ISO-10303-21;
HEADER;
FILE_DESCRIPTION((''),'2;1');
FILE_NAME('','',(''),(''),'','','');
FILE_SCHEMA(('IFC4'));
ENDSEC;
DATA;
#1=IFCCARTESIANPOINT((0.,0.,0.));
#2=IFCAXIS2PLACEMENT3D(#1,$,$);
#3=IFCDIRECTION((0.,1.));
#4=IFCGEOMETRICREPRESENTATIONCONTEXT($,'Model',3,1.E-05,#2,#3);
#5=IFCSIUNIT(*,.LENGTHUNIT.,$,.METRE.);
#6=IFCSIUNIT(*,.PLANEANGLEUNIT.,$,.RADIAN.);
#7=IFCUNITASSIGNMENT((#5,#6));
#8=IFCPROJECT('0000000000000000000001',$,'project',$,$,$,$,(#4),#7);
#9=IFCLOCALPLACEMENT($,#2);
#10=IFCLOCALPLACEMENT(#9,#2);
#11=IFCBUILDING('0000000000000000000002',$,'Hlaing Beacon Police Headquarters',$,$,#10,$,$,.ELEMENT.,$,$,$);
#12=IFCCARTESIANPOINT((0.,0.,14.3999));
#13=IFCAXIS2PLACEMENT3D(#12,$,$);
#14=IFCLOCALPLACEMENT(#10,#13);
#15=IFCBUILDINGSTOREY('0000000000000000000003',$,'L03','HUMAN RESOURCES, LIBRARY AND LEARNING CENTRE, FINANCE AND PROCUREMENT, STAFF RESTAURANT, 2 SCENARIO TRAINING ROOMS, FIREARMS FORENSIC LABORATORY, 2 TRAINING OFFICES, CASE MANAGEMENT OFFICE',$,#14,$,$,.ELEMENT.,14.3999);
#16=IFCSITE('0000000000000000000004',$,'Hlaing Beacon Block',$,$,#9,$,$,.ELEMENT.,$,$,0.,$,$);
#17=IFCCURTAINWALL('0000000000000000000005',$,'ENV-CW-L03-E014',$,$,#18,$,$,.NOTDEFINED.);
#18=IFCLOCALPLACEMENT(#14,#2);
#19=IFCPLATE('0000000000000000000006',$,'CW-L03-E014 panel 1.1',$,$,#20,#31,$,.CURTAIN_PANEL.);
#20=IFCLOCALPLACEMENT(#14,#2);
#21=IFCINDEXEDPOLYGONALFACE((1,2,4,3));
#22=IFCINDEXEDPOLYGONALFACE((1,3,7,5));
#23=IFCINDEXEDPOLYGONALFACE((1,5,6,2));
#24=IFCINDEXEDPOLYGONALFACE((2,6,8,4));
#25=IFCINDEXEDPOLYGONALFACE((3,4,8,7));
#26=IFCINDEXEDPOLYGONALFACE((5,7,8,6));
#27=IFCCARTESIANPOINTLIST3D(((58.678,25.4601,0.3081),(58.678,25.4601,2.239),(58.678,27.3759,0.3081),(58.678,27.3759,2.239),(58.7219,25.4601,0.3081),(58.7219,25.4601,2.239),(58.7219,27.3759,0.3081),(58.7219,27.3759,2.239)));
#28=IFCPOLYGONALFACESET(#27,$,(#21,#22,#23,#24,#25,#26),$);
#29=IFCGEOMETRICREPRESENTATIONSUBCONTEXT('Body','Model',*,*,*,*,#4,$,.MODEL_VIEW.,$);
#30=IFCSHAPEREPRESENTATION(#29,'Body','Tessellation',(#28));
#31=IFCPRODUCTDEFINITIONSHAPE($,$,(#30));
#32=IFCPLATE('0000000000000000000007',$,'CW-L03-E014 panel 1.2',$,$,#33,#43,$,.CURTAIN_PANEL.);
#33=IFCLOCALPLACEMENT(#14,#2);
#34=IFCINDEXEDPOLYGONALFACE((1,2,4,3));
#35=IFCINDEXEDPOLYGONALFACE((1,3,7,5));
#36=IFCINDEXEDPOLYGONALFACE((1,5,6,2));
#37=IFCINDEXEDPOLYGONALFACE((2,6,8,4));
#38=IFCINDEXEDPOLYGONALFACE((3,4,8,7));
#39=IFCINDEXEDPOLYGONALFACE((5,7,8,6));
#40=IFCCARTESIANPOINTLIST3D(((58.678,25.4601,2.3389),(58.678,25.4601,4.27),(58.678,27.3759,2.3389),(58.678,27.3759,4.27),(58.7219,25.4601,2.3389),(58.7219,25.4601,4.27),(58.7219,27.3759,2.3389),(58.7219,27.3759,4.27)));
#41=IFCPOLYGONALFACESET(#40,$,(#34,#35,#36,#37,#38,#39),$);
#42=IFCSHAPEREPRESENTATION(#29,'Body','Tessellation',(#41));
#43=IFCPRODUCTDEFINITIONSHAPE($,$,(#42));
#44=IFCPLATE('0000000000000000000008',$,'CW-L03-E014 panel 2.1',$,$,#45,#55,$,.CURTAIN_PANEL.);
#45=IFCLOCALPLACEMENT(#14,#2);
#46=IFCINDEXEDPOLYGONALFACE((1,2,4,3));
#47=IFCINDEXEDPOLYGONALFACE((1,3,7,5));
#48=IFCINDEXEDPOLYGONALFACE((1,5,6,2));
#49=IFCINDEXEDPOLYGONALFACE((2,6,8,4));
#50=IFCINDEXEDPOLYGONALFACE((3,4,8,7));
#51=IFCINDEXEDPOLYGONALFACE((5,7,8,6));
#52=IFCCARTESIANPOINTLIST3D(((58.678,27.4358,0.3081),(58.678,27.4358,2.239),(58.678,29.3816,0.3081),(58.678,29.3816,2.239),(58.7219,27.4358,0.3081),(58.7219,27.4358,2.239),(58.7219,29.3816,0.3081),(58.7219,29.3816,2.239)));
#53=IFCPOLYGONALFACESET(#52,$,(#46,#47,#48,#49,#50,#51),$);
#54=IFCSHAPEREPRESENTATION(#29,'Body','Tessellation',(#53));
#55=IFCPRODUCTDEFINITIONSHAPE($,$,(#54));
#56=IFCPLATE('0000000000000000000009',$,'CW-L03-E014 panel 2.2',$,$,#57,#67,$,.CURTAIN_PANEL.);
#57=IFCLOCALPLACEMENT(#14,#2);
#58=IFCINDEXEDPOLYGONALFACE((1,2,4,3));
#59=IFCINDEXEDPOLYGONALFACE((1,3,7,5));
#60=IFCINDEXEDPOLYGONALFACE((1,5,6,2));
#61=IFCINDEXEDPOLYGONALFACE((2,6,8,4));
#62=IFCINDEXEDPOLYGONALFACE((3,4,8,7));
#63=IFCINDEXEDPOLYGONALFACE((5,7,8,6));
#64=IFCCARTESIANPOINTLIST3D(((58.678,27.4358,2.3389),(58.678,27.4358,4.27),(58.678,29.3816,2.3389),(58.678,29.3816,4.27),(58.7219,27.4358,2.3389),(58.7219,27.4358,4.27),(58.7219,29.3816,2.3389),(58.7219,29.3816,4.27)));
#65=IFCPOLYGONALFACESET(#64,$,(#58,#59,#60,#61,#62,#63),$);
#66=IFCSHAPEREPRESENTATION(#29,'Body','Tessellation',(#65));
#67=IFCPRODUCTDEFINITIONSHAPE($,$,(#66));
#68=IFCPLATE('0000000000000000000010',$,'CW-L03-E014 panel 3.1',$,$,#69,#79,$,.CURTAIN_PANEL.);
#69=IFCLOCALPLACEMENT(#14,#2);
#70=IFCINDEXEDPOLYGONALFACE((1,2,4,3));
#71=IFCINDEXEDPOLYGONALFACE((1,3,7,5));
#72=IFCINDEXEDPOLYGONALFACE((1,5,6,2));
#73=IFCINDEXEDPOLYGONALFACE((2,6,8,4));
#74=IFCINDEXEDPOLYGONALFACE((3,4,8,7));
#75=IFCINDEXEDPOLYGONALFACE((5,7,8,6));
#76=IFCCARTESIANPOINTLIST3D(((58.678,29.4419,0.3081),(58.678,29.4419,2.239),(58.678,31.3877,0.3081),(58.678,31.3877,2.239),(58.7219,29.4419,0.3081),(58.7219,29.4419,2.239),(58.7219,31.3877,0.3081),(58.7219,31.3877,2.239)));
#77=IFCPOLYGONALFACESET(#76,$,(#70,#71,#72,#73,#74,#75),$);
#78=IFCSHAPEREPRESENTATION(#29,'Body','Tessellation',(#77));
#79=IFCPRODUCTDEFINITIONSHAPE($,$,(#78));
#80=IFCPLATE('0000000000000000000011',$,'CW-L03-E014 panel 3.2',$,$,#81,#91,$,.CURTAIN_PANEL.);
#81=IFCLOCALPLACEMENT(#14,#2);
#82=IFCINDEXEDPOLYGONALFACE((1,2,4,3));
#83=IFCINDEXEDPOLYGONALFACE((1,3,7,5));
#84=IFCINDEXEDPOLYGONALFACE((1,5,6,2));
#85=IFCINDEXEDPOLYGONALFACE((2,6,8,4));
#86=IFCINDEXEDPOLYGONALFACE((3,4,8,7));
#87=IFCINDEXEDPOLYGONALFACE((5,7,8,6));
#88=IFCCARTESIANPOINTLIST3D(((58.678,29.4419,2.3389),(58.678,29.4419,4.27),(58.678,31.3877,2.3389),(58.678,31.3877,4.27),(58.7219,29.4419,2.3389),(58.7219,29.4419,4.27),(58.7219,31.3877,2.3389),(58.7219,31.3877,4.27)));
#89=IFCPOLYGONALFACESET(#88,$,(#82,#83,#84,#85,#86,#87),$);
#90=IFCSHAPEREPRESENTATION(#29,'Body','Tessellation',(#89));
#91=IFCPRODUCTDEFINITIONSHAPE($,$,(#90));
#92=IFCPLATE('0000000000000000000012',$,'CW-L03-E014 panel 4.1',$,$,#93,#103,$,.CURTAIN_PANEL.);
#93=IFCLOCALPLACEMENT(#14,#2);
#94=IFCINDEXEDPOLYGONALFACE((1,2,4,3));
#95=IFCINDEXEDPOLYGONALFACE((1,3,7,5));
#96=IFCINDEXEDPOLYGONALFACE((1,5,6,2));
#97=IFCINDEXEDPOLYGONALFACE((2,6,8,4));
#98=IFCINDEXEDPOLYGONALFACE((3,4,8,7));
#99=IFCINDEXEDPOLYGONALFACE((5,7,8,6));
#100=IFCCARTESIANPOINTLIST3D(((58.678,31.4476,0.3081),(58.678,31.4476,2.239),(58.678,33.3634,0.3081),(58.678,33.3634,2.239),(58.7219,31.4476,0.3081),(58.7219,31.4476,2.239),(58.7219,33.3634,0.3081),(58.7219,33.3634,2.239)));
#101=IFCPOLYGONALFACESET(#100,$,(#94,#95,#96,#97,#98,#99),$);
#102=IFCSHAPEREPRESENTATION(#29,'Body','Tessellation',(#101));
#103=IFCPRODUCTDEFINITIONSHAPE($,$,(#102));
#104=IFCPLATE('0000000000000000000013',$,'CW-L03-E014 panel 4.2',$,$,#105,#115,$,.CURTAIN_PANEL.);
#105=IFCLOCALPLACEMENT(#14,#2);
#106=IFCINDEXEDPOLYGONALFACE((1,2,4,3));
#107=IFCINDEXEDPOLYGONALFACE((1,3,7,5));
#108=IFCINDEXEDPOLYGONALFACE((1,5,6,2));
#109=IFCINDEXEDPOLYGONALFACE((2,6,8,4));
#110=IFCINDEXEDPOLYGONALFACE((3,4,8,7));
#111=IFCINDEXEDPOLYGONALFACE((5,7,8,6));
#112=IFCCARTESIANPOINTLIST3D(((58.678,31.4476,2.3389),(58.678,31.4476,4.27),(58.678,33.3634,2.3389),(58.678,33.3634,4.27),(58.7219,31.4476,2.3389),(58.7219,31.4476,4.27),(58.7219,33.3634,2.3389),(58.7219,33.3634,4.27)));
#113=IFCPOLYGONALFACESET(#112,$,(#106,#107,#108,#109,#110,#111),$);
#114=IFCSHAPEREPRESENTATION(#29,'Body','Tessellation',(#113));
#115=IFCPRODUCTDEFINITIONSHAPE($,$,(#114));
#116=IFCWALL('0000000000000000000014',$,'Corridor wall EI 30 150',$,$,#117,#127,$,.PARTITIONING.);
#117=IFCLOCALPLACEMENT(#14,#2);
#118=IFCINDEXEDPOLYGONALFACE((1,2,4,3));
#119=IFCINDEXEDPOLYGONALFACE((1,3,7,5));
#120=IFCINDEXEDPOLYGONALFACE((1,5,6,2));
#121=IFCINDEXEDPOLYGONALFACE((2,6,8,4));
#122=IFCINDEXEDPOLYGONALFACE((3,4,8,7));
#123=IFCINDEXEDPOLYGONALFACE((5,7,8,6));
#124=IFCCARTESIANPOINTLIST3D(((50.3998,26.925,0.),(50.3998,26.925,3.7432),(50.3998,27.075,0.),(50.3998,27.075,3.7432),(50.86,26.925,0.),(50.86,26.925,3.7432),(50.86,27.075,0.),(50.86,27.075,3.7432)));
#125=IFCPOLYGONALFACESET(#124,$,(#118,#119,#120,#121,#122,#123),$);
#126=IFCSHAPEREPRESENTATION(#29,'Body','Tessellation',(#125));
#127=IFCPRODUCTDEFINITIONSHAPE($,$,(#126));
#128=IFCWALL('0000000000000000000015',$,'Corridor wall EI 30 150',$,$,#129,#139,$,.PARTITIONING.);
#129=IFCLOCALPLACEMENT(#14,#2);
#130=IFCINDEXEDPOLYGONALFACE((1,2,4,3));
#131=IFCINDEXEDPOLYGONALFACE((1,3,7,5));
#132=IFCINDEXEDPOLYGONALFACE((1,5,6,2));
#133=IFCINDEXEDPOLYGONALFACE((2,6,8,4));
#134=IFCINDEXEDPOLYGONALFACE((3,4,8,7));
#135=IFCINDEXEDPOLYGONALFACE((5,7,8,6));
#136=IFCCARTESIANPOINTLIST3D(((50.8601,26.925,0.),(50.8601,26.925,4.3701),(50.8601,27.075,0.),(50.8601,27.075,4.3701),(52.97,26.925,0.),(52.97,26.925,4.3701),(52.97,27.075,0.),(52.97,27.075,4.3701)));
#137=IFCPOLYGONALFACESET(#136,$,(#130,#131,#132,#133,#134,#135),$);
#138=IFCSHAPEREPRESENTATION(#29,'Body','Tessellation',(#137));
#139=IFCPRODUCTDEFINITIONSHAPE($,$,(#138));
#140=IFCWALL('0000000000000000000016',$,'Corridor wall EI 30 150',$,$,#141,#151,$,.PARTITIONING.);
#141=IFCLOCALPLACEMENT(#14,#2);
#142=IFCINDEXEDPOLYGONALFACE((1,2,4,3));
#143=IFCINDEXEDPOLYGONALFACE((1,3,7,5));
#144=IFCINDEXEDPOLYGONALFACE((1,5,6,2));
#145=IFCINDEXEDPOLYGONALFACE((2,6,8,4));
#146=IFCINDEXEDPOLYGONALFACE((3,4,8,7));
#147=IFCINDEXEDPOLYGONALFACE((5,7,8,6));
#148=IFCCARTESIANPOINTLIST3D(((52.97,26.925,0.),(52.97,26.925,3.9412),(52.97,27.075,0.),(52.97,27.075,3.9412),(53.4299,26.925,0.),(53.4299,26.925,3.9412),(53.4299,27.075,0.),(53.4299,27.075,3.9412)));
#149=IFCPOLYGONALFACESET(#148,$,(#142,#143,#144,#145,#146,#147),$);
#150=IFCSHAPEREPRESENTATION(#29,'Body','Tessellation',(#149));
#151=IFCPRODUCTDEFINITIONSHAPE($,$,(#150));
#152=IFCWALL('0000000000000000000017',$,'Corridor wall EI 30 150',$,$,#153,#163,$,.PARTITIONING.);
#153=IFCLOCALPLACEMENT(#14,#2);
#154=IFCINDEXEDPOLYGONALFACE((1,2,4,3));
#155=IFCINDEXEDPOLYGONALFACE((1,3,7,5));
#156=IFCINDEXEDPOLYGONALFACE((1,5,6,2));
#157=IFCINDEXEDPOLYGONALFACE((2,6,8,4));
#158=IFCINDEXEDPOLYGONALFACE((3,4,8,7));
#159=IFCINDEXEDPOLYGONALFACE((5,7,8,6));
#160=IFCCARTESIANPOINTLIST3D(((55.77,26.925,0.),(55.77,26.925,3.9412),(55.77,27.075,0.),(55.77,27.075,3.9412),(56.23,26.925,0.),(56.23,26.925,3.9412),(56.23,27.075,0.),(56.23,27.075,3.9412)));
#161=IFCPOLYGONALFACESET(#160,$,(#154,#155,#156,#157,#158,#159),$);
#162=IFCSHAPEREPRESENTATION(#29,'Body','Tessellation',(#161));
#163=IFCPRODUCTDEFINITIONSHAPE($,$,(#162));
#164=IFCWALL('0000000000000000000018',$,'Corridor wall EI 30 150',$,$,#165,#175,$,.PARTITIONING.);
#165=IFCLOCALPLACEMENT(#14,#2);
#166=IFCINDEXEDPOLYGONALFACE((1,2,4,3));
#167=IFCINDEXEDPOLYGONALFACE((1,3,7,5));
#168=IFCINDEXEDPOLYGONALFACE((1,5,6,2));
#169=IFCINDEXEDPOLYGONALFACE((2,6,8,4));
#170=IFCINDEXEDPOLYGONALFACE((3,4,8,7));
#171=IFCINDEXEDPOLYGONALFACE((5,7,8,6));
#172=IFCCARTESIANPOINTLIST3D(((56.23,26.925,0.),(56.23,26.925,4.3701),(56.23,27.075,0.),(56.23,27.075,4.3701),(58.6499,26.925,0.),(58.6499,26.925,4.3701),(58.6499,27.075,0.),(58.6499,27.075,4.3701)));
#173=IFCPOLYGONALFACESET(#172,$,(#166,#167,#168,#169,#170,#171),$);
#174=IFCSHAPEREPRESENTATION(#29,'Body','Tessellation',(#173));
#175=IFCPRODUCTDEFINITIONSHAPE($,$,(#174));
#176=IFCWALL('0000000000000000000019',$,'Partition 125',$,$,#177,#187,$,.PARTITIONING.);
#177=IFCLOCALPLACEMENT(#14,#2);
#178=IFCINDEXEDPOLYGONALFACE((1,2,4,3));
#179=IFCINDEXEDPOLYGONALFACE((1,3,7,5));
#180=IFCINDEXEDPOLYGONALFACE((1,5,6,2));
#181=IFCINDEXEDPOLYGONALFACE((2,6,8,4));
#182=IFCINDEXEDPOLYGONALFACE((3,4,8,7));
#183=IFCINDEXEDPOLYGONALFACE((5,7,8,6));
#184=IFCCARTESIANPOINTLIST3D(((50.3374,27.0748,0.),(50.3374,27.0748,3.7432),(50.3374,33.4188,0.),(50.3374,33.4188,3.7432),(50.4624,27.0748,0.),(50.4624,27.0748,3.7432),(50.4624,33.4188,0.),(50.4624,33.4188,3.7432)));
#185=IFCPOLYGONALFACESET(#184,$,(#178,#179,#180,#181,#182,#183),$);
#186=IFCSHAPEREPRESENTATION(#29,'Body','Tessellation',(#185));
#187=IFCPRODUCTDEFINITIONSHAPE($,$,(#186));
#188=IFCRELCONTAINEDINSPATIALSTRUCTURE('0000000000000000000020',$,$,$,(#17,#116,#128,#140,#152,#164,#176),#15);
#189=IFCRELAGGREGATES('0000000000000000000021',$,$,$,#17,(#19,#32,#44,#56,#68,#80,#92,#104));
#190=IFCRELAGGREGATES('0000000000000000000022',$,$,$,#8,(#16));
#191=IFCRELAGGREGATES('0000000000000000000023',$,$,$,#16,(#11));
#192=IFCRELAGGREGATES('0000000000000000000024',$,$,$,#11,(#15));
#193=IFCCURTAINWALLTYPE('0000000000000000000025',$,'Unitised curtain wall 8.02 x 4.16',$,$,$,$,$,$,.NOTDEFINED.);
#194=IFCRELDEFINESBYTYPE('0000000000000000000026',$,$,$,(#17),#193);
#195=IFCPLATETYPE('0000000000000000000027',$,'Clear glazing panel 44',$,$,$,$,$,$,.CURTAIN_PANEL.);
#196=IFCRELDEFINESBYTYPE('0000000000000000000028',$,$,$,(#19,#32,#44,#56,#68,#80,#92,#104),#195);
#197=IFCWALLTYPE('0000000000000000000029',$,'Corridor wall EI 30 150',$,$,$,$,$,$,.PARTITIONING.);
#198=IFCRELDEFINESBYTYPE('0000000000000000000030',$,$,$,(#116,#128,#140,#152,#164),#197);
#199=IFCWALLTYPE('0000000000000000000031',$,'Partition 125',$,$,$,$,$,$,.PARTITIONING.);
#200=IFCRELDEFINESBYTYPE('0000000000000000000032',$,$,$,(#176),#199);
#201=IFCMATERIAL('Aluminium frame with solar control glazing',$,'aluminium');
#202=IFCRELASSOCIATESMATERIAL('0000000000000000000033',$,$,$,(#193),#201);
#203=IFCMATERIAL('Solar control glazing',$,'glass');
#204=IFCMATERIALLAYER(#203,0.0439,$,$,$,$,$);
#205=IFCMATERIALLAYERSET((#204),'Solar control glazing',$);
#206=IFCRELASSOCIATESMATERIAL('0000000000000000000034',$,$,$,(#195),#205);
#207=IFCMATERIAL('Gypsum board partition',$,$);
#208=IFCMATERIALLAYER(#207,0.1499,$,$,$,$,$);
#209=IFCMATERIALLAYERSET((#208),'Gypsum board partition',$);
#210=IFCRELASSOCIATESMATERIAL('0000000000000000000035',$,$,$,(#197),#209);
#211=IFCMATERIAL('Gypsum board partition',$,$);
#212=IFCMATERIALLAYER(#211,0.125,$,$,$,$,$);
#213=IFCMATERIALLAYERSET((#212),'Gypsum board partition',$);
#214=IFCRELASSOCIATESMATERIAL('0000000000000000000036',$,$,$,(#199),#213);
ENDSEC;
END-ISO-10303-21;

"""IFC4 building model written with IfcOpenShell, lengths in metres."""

from ifc_helpers import new_model, si_unit, direction, frame, frame_2d, origin, origin_2d, place, context, subcontext, project, spatial, rectangle, extrude, material, layer, layer_set, type_object, element, aggregate, save


model = new_model("IFC4")

# Units and contexts
model_context = context("Model", 3, precision=1e-05, world=origin(), true_north=direction((0.0, 1.0)))
body_context = subcontext(model_context, "Body", "Model", "MODEL_VIEW")
ifc_project = project(units=[si_unit("LENGTHUNIT", "METRE"), si_unit("PLANEANGLEUNIT", "RADIAN")], contexts=[model_context])

# Site, building, storey
site_placement = place(None, origin())
site = spatial("IfcSite", under=ifc_project, at=site_placement, Name="Hlaing Beacon Block", CompositionType="ELEMENT", RefElevation=0.0)
building_placement = place(site_placement, origin())
building = spatial("IfcBuilding", under=site, at=building_placement, Name="Hlaing Beacon Police Headquarters", CompositionType="ELEMENT")
storey_placement = place(building_placement, frame((0.0, 0.0, 14.3999)))
storey = spatial("IfcBuildingStorey", under=building, at=storey_placement, Name="L03", Description="HUMAN RESOURCES, LIBRARY AND LEARNING CENTRE, FINANCE AND PROCUREMENT, STAFF RESTAURANT, 2 SCENARIO TRAINING ROOMS, FIREARMS FORENSIC LABORATORY, 2 TRAINING OFFICES, CASE MANAGEMENT OFFICE", CompositionType="ELEMENT", Elevation=14.3999)

# Curtain wall, plates
ifc_material_1 = material(Name="Aluminium frame with solar control glazing", Category="aluminium")
curtain_wall_type = type_object("IfcCurtainWallType", Name="Unitised curtain wall 8.02 x 4.16", PredefinedType="NOTDEFINED", material=ifc_material_1)
curtain_wall_placement = place(storey_placement, origin())
curtain_wall = element("IfcCurtainWall", 1, at=curtain_wall_placement, inside=storey, type_object=curtain_wall_type, Name="ENV-CW-L03-E014", PredefinedType="NOTDEFINED")
ifc_material_2 = material(Name="Solar control glazing", Category="glass")
ifc_layer_1 = layer(ifc_material_2, 0.0439)
ifc_layer_set_1 = layer_set([ifc_layer_1], Name="Solar control glazing")
plate_type = type_object("IfcPlateType", Name="Clear glazing panel 44", PredefinedType="CURTAIN_PANEL", material=ifc_layer_set_1)
plate_1_placement = place(storey_placement, frame((58.7, 26.418, 0.3081), z_axis=(0.0, 0.0, 1.0), x_axis=(0.0, 1.0, 0.0)))
plate_1 = element("IfcPlate", 2, at=plate_1_placement, type_object=plate_type, Name="CW-L03-E014 panel 1.1", PredefinedType="CURTAIN_PANEL", context=body_context, shape_type="SweptSolid", body=[
    extrude(rectangle(XDim=1.9158, YDim=0.0439, at=origin_2d()), origin(), (0.0, 0.0, 1.0), 1.9309),
])
plate_2_placement = place(storey_placement, frame((58.7, 26.418, 2.3389), z_axis=(0.0, 0.0, 1.0), x_axis=(0.0, 1.0, 0.0)))
plate_2 = element("IfcPlate", 3, at=plate_2_placement, type_object=plate_type, Name="CW-L03-E014 panel 1.2", PredefinedType="CURTAIN_PANEL", context=body_context, shape_type="SweptSolid", body=[
    extrude(rectangle(XDim=1.9158, YDim=0.0439, at=origin_2d()), origin(), (0.0, 0.0, 1.0), 1.9312),
])
plate_3_placement = place(storey_placement, frame((58.7, 28.4087, 0.3081), z_axis=(0.0, 0.0, 1.0), x_axis=(0.0, 1.0, 0.0)))
plate_3 = element("IfcPlate", 4, at=plate_3_placement, type_object=plate_type, Name="CW-L03-E014 panel 2.1", PredefinedType="CURTAIN_PANEL", context=body_context, shape_type="SweptSolid", body=[
    extrude(rectangle(XDim=1.9458, YDim=0.0439, at=origin_2d()), origin(), (0.0, 0.0, 1.0), 1.9309),
])
plate_4_placement = place(storey_placement, frame((58.7, 28.4087, 2.3389), z_axis=(0.0, 0.0, 1.0), x_axis=(0.0, 1.0, 0.0)))
plate_4 = element("IfcPlate", 5, at=plate_4_placement, type_object=plate_type, Name="CW-L03-E014 panel 2.2", PredefinedType="CURTAIN_PANEL", context=body_context, shape_type="SweptSolid", body=[
    extrude(rectangle(XDim=1.9458, YDim=0.0439, at=origin_2d()), origin(), (0.0, 0.0, 1.0), 1.9312),
])
plate_5_placement = place(storey_placement, frame((58.7, 30.4148, 0.3081), z_axis=(0.0, 0.0, 1.0), x_axis=(0.0, 1.0, 0.0)))
plate_5 = element("IfcPlate", 6, at=plate_5_placement, type_object=plate_type, Name="CW-L03-E014 panel 3.1", PredefinedType="CURTAIN_PANEL", context=body_context, shape_type="SweptSolid", body=[
    extrude(rectangle(XDim=1.9458, YDim=0.0439, at=origin_2d()), origin(), (0.0, 0.0, 1.0), 1.9309),
])
plate_6_placement = place(storey_placement, frame((58.7, 30.4148, 2.3389), z_axis=(0.0, 0.0, 1.0), x_axis=(0.0, 1.0, 0.0)))
plate_6 = element("IfcPlate", 7, at=plate_6_placement, type_object=plate_type, Name="CW-L03-E014 panel 3.2", PredefinedType="CURTAIN_PANEL", context=body_context, shape_type="SweptSolid", body=[
    extrude(rectangle(XDim=1.9458, YDim=0.0439, at=origin_2d()), origin(), (0.0, 0.0, 1.0), 1.9312),
])
plate_7_placement = place(storey_placement, frame((58.7, 32.4055, 0.3081), z_axis=(0.0, 0.0, 1.0), x_axis=(0.0, 1.0, 0.0)))
plate_7 = element("IfcPlate", 8, at=plate_7_placement, type_object=plate_type, Name="CW-L03-E014 panel 4.1", PredefinedType="CURTAIN_PANEL", context=body_context, shape_type="SweptSolid", body=[
    extrude(rectangle(XDim=1.9158, YDim=0.0439, at=origin_2d()), origin(), (0.0, 0.0, 1.0), 1.9309),
])
plate_8_placement = place(storey_placement, frame((58.7, 32.4055, 2.3389), z_axis=(0.0, 0.0, 1.0), x_axis=(0.0, 1.0, 0.0)))
plate_8 = element("IfcPlate", 9, at=plate_8_placement, type_object=plate_type, Name="CW-L03-E014 panel 4.2", PredefinedType="CURTAIN_PANEL", context=body_context, shape_type="SweptSolid", body=[
    extrude(rectangle(XDim=1.9158, YDim=0.0439, at=origin_2d()), origin(), (0.0, 0.0, 1.0), 1.9312),
])
aggregate(curtain_wall, [plate_1, plate_2, plate_3, plate_4, plate_5, plate_6, plate_7, plate_8])

# Walls
ifc_material_3 = material(Name="Gypsum board partition")
ifc_layer_2 = layer(ifc_material_3, 0.1499)
ifc_layer_set_2 = layer_set([ifc_layer_2], Name="Gypsum board partition")
wall_type_1 = type_object("IfcWallType", Name="Corridor wall EI 30 150", PredefinedType="PARTITIONING", material=ifc_layer_set_2)
wall_1_placement = place(storey_placement, frame((50.3999, 27.0, 0.0), z_axis=(0.0, 0.0, 1.0), x_axis=(1.0, 0.0, 0.0)))
element("IfcWall", 10, at=wall_1_placement, inside=storey, type_object=wall_type_1, Name="Corridor wall EI 30 150", PredefinedType="PARTITIONING", context=body_context, shape_type="SweptSolid", body=[
    extrude(rectangle(XDim=0.4602, YDim=0.1499, at=frame_2d((0.23, 0.0))), origin(), (0.0, 0.0, 1.0), 3.7432),
])
wall_2_placement = place(storey_placement, frame((50.8601, 27.0, 0.0), z_axis=(0.0, 0.0, 1.0), x_axis=(1.0, 0.0, 0.0)))
element("IfcWall", 11, at=wall_2_placement, inside=storey, type_object=wall_type_1, Name="Corridor wall EI 30 150", PredefinedType="PARTITIONING", context=body_context, shape_type="SweptSolid", body=[
    extrude(rectangle(XDim=2.1099, YDim=0.1499, at=frame_2d((1.0549, 0.0))), origin(), (0.0, 0.0, 1.0), 4.3701),
])
wall_3_placement = place(storey_placement, frame((52.97, 27.0, 0.0), z_axis=(0.0, 0.0, 1.0), x_axis=(1.0, 0.0, 0.0)))
element("IfcWall", 12, at=wall_3_placement, inside=storey, type_object=wall_type_1, Name="Corridor wall EI 30 150", PredefinedType="PARTITIONING", context=body_context, shape_type="SweptSolid", body=[
    extrude(rectangle(XDim=0.46, YDim=0.1499, at=frame_2d((0.23, 0.0))), origin(), (0.0, 0.0, 1.0), 3.9412),
])

# Walls
wall_4_placement = place(storey_placement, frame((55.77, 27.0, 0.0), z_axis=(0.0, 0.0, 1.0), x_axis=(1.0, 0.0, 0.0)))
element("IfcWall", 13, at=wall_4_placement, inside=storey, type_object=wall_type_1, Name="Corridor wall EI 30 150", PredefinedType="PARTITIONING", context=body_context, shape_type="SweptSolid", body=[
    extrude(rectangle(XDim=0.46, YDim=0.1499, at=frame_2d((0.23, 0.0))), origin(), (0.0, 0.0, 1.0), 3.9412),
])
wall_5_placement = place(storey_placement, frame((56.23, 27.0, 0.0), z_axis=(0.0, 0.0, 1.0), x_axis=(1.0, 0.0, 0.0)))
element("IfcWall", 14, at=wall_5_placement, inside=storey, type_object=wall_type_1, Name="Corridor wall EI 30 150", PredefinedType="PARTITIONING", context=body_context, shape_type="SweptSolid", body=[
    extrude(rectangle(XDim=2.4199, YDim=0.1499, at=frame_2d((1.21, 0.0))), origin(), (0.0, 0.0, 1.0), 4.3701),
])
ifc_material_4 = material(Name="Gypsum board partition")
ifc_layer_3 = layer(ifc_material_4, 0.125)
ifc_layer_set_3 = layer_set([ifc_layer_3], Name="Gypsum board partition")
wall_type_2 = type_object("IfcWallType", Name="Partition 125", PredefinedType="PARTITIONING", material=ifc_layer_set_3)
wall_6_placement = place(storey_placement, frame((50.3999, 27.075, 0.0), z_axis=(0.0, 0.0, 1.0), x_axis=(0.0, 1.0, 0.0)))
element("IfcWall", 15, at=wall_6_placement, inside=storey, type_object=wall_type_2, Name="Partition 125", PredefinedType="PARTITIONING", context=body_context, shape_type="SweptSolid", body=[
    extrude(rectangle(XDim=6.344, YDim=0.125, at=frame_2d((3.1719, 0.0))), origin(), (0.0, 0.0, 1.0), 3.7432),
])

save(model, "model.ifc")
